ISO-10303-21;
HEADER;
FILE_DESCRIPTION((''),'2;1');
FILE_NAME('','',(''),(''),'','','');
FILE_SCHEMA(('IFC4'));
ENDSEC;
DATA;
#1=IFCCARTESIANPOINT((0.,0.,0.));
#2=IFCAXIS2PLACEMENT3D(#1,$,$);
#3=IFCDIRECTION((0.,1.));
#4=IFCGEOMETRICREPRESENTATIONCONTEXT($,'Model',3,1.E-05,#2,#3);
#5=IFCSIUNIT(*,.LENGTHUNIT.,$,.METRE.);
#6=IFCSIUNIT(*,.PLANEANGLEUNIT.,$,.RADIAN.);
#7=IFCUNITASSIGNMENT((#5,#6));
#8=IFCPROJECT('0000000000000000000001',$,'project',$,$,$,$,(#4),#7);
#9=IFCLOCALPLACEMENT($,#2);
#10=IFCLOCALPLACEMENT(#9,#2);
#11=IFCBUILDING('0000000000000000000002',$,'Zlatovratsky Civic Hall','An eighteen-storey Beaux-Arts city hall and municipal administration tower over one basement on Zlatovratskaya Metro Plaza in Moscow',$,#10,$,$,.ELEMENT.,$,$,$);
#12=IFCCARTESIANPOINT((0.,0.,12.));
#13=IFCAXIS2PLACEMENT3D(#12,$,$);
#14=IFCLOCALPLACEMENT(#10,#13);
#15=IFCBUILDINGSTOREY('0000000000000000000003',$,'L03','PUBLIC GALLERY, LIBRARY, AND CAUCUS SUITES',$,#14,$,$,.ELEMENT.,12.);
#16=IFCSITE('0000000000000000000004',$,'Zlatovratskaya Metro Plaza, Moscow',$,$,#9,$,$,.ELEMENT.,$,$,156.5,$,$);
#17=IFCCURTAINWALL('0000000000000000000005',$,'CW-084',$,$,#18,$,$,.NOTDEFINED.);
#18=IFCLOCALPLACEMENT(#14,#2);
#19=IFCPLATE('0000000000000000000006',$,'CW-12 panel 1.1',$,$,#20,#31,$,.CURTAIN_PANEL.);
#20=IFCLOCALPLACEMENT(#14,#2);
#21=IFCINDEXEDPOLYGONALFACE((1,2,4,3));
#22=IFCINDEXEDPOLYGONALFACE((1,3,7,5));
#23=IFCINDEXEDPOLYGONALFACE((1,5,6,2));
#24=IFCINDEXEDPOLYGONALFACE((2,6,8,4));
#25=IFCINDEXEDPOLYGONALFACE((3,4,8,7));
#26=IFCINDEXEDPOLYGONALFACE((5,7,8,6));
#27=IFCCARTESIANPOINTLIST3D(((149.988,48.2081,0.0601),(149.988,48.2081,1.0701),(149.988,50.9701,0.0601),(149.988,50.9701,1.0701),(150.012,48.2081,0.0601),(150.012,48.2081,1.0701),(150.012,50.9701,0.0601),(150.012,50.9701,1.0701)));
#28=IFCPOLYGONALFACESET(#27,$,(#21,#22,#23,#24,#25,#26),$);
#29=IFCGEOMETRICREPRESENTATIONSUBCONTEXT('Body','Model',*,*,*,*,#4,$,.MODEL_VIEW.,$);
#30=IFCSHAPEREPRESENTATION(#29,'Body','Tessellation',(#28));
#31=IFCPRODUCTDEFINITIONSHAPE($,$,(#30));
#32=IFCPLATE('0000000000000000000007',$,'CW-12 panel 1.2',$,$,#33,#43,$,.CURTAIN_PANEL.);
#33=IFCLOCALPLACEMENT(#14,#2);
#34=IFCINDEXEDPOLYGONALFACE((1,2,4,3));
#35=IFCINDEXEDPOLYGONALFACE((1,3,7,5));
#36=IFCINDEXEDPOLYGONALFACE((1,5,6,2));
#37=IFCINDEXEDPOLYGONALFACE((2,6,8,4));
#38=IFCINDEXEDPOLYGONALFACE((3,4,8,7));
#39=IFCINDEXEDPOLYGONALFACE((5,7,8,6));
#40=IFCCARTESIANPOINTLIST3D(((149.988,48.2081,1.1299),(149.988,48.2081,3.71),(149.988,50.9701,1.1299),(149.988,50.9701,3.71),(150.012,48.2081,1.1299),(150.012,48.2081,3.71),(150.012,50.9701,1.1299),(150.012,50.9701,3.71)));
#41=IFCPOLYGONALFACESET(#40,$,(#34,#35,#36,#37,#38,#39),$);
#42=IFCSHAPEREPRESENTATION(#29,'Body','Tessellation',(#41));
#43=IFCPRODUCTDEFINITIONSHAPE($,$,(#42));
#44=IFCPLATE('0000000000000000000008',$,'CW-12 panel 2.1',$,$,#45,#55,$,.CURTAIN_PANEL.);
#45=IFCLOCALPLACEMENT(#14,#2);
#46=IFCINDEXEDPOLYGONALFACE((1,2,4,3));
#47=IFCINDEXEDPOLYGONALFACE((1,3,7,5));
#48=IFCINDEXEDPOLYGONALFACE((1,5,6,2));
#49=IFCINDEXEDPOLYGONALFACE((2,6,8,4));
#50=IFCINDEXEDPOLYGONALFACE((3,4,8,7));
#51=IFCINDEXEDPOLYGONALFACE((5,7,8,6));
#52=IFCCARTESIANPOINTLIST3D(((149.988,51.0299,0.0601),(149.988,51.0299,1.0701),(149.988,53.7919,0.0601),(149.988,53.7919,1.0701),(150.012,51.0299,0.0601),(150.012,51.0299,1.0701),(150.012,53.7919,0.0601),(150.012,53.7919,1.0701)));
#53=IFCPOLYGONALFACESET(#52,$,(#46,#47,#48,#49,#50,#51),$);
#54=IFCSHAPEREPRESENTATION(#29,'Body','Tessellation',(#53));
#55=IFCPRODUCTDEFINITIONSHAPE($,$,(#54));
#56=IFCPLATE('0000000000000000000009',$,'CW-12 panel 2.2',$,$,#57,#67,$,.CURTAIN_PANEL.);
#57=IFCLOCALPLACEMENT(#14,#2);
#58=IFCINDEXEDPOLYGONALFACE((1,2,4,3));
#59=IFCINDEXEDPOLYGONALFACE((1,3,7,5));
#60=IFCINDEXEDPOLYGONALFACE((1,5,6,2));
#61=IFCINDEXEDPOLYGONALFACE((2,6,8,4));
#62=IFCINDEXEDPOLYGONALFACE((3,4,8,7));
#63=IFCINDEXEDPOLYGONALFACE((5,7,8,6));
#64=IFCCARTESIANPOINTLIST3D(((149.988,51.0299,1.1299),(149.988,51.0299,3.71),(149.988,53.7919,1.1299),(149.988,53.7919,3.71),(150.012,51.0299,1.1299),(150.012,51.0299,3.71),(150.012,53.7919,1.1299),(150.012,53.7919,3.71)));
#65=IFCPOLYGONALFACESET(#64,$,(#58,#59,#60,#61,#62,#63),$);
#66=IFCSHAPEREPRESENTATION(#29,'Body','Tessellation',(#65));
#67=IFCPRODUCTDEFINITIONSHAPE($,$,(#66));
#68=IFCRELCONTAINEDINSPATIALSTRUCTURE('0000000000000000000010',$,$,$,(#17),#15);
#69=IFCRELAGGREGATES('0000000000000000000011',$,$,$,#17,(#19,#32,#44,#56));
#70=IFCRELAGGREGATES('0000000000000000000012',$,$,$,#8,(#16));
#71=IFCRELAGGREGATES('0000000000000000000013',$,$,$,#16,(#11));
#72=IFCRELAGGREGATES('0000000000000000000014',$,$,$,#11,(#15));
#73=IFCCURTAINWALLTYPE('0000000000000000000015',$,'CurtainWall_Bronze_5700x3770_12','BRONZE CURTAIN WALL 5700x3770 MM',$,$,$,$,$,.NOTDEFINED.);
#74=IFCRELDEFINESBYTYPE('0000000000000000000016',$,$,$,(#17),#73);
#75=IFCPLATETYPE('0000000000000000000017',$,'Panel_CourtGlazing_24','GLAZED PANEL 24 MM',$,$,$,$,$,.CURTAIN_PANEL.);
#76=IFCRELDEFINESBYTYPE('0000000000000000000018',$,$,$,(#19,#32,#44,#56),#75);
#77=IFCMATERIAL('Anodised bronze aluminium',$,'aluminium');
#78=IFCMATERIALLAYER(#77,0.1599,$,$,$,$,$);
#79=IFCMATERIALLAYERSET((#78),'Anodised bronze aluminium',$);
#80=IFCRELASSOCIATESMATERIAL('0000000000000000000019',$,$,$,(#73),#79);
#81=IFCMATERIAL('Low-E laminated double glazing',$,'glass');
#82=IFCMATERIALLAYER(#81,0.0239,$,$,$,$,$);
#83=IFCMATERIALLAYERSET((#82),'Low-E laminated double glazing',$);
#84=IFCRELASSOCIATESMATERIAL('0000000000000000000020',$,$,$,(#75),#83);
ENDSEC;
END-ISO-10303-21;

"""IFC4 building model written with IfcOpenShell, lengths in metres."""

from ifc_helpers import new_model, si_unit, direction, frame, origin, origin_2d, place, context, subcontext, project, spatial, rectangle, extrude, material, layer, layer_set, type_object, element, aggregate, save


model = new_model("IFC4")

# Units and contexts
model_context = context("Model", 3, precision=1e-05, world=origin(), true_north=direction((0.0, 1.0)))
body_context = subcontext(model_context, "Body", "Model", "MODEL_VIEW")
ifc_project = project(units=[si_unit("LENGTHUNIT", "METRE"), si_unit("PLANEANGLEUNIT", "RADIAN")], contexts=[model_context])

# Site, building, storey
site_placement = place(None, origin())
site = spatial("IfcSite", under=ifc_project, at=site_placement, Name="Zlatovratskaya Metro Plaza, Moscow", CompositionType="ELEMENT", RefElevation=156.5)
building_placement = place(site_placement, origin())
building = spatial("IfcBuilding", under=site, at=building_placement, Name="Zlatovratsky Civic Hall", Description="An eighteen-storey Beaux-Arts city hall and municipal administration tower over one basement on Zlatovratskaya Metro Plaza in Moscow", CompositionType="ELEMENT")
storey_placement = place(building_placement, frame((0.0, 0.0, 12.0)))
storey = spatial("IfcBuildingStorey", under=building, at=storey_placement, Name="L03", Description="PUBLIC GALLERY, LIBRARY, AND CAUCUS SUITES", CompositionType="ELEMENT", Elevation=12.0)

# Curtain wall
ifc_material_1 = material(Name="Anodised bronze aluminium", Category="aluminium")
ifc_layer_1 = layer(ifc_material_1, 0.1599)
ifc_layer_set_1 = layer_set([ifc_layer_1], Name="Anodised bronze aluminium")
curtain_wall_type = type_object("IfcCurtainWallType", Name="CurtainWall_Bronze_5700x3770_12", Description="BRONZE CURTAIN WALL 5700x3770 MM", PredefinedType="NOTDEFINED", material=ifc_layer_set_1)
curtain_wall_1_placement = place(storey_placement, origin())
curtain_wall_1 = element("IfcCurtainWall", 1, at=curtain_wall_1_placement, inside=storey, type_object=curtain_wall_type, Name="CW-084", PredefinedType="NOTDEFINED")

# Plates
ifc_material_2 = material(Name="Low-E laminated double glazing", Category="glass")
ifc_layer_2 = layer(ifc_material_2, 0.0239)
ifc_layer_set_2 = layer_set([ifc_layer_2], Name="Low-E laminated double glazing")
plate_type = type_object("IfcPlateType", Name="Panel_CourtGlazing_24", Description="GLAZED PANEL 24 MM", PredefinedType="CURTAIN_PANEL", material=ifc_layer_set_2)
plate_1_placement = place(storey_placement, frame((150.0, 49.5891, 0.0601), z_axis=(0.0, 0.0, 1.0), x_axis=(0.0, 1.0, 0.0)))
plate_1 = element("IfcPlate", 2, at=plate_1_placement, type_object=plate_type, Name="CW-12 panel 1.1", PredefinedType="CURTAIN_PANEL", context=body_context, shape_type="SweptSolid", body=[
    extrude(rectangle(XDim=2.762, YDim=0.0239, at=origin_2d()), origin(), (0.0, 0.0, 1.0), 1.01),
])
plate_2_placement = place(storey_placement, frame((150.0, 49.5891, 1.1299), z_axis=(0.0, 0.0, 1.0), x_axis=(0.0, 1.0, 0.0)))
plate_2 = element("IfcPlate", 3, at=plate_2_placement, type_object=plate_type, Name="CW-12 panel 1.2", PredefinedType="CURTAIN_PANEL", context=body_context, shape_type="SweptSolid", body=[
    extrude(rectangle(XDim=2.762, YDim=0.0239, at=origin_2d()), origin(), (0.0, 0.0, 1.0), 2.5801),
])
plate_3_placement = place(storey_placement, frame((150.0, 52.4109, 0.0601), z_axis=(0.0, 0.0, 1.0), x_axis=(0.0, 1.0, 0.0)))
plate_3 = element("IfcPlate", 4, at=plate_3_placement, type_object=plate_type, Name="CW-12 panel 2.1", PredefinedType="CURTAIN_PANEL", context=body_context, shape_type="SweptSolid", body=[
    extrude(rectangle(XDim=2.762, YDim=0.0239, at=origin_2d()), origin(), (0.0, 0.0, 1.0), 1.01),
])
plate_4_placement = place(storey_placement, frame((150.0, 52.4109, 1.1299), z_axis=(0.0, 0.0, 1.0), x_axis=(0.0, 1.0, 0.0)))
plate_4 = element("IfcPlate", 5, at=plate_4_placement, type_object=plate_type, Name="CW-12 panel 2.2", PredefinedType="CURTAIN_PANEL", context=body_context, shape_type="SweptSolid", body=[
    extrude(rectangle(XDim=2.762, YDim=0.0239, at=origin_2d()), origin(), (0.0, 0.0, 1.0), 2.5801),
])
aggregate(curtain_wall_1, [plate_1, plate_2, plate_3, plate_4])

save(model, "model.ifc")
